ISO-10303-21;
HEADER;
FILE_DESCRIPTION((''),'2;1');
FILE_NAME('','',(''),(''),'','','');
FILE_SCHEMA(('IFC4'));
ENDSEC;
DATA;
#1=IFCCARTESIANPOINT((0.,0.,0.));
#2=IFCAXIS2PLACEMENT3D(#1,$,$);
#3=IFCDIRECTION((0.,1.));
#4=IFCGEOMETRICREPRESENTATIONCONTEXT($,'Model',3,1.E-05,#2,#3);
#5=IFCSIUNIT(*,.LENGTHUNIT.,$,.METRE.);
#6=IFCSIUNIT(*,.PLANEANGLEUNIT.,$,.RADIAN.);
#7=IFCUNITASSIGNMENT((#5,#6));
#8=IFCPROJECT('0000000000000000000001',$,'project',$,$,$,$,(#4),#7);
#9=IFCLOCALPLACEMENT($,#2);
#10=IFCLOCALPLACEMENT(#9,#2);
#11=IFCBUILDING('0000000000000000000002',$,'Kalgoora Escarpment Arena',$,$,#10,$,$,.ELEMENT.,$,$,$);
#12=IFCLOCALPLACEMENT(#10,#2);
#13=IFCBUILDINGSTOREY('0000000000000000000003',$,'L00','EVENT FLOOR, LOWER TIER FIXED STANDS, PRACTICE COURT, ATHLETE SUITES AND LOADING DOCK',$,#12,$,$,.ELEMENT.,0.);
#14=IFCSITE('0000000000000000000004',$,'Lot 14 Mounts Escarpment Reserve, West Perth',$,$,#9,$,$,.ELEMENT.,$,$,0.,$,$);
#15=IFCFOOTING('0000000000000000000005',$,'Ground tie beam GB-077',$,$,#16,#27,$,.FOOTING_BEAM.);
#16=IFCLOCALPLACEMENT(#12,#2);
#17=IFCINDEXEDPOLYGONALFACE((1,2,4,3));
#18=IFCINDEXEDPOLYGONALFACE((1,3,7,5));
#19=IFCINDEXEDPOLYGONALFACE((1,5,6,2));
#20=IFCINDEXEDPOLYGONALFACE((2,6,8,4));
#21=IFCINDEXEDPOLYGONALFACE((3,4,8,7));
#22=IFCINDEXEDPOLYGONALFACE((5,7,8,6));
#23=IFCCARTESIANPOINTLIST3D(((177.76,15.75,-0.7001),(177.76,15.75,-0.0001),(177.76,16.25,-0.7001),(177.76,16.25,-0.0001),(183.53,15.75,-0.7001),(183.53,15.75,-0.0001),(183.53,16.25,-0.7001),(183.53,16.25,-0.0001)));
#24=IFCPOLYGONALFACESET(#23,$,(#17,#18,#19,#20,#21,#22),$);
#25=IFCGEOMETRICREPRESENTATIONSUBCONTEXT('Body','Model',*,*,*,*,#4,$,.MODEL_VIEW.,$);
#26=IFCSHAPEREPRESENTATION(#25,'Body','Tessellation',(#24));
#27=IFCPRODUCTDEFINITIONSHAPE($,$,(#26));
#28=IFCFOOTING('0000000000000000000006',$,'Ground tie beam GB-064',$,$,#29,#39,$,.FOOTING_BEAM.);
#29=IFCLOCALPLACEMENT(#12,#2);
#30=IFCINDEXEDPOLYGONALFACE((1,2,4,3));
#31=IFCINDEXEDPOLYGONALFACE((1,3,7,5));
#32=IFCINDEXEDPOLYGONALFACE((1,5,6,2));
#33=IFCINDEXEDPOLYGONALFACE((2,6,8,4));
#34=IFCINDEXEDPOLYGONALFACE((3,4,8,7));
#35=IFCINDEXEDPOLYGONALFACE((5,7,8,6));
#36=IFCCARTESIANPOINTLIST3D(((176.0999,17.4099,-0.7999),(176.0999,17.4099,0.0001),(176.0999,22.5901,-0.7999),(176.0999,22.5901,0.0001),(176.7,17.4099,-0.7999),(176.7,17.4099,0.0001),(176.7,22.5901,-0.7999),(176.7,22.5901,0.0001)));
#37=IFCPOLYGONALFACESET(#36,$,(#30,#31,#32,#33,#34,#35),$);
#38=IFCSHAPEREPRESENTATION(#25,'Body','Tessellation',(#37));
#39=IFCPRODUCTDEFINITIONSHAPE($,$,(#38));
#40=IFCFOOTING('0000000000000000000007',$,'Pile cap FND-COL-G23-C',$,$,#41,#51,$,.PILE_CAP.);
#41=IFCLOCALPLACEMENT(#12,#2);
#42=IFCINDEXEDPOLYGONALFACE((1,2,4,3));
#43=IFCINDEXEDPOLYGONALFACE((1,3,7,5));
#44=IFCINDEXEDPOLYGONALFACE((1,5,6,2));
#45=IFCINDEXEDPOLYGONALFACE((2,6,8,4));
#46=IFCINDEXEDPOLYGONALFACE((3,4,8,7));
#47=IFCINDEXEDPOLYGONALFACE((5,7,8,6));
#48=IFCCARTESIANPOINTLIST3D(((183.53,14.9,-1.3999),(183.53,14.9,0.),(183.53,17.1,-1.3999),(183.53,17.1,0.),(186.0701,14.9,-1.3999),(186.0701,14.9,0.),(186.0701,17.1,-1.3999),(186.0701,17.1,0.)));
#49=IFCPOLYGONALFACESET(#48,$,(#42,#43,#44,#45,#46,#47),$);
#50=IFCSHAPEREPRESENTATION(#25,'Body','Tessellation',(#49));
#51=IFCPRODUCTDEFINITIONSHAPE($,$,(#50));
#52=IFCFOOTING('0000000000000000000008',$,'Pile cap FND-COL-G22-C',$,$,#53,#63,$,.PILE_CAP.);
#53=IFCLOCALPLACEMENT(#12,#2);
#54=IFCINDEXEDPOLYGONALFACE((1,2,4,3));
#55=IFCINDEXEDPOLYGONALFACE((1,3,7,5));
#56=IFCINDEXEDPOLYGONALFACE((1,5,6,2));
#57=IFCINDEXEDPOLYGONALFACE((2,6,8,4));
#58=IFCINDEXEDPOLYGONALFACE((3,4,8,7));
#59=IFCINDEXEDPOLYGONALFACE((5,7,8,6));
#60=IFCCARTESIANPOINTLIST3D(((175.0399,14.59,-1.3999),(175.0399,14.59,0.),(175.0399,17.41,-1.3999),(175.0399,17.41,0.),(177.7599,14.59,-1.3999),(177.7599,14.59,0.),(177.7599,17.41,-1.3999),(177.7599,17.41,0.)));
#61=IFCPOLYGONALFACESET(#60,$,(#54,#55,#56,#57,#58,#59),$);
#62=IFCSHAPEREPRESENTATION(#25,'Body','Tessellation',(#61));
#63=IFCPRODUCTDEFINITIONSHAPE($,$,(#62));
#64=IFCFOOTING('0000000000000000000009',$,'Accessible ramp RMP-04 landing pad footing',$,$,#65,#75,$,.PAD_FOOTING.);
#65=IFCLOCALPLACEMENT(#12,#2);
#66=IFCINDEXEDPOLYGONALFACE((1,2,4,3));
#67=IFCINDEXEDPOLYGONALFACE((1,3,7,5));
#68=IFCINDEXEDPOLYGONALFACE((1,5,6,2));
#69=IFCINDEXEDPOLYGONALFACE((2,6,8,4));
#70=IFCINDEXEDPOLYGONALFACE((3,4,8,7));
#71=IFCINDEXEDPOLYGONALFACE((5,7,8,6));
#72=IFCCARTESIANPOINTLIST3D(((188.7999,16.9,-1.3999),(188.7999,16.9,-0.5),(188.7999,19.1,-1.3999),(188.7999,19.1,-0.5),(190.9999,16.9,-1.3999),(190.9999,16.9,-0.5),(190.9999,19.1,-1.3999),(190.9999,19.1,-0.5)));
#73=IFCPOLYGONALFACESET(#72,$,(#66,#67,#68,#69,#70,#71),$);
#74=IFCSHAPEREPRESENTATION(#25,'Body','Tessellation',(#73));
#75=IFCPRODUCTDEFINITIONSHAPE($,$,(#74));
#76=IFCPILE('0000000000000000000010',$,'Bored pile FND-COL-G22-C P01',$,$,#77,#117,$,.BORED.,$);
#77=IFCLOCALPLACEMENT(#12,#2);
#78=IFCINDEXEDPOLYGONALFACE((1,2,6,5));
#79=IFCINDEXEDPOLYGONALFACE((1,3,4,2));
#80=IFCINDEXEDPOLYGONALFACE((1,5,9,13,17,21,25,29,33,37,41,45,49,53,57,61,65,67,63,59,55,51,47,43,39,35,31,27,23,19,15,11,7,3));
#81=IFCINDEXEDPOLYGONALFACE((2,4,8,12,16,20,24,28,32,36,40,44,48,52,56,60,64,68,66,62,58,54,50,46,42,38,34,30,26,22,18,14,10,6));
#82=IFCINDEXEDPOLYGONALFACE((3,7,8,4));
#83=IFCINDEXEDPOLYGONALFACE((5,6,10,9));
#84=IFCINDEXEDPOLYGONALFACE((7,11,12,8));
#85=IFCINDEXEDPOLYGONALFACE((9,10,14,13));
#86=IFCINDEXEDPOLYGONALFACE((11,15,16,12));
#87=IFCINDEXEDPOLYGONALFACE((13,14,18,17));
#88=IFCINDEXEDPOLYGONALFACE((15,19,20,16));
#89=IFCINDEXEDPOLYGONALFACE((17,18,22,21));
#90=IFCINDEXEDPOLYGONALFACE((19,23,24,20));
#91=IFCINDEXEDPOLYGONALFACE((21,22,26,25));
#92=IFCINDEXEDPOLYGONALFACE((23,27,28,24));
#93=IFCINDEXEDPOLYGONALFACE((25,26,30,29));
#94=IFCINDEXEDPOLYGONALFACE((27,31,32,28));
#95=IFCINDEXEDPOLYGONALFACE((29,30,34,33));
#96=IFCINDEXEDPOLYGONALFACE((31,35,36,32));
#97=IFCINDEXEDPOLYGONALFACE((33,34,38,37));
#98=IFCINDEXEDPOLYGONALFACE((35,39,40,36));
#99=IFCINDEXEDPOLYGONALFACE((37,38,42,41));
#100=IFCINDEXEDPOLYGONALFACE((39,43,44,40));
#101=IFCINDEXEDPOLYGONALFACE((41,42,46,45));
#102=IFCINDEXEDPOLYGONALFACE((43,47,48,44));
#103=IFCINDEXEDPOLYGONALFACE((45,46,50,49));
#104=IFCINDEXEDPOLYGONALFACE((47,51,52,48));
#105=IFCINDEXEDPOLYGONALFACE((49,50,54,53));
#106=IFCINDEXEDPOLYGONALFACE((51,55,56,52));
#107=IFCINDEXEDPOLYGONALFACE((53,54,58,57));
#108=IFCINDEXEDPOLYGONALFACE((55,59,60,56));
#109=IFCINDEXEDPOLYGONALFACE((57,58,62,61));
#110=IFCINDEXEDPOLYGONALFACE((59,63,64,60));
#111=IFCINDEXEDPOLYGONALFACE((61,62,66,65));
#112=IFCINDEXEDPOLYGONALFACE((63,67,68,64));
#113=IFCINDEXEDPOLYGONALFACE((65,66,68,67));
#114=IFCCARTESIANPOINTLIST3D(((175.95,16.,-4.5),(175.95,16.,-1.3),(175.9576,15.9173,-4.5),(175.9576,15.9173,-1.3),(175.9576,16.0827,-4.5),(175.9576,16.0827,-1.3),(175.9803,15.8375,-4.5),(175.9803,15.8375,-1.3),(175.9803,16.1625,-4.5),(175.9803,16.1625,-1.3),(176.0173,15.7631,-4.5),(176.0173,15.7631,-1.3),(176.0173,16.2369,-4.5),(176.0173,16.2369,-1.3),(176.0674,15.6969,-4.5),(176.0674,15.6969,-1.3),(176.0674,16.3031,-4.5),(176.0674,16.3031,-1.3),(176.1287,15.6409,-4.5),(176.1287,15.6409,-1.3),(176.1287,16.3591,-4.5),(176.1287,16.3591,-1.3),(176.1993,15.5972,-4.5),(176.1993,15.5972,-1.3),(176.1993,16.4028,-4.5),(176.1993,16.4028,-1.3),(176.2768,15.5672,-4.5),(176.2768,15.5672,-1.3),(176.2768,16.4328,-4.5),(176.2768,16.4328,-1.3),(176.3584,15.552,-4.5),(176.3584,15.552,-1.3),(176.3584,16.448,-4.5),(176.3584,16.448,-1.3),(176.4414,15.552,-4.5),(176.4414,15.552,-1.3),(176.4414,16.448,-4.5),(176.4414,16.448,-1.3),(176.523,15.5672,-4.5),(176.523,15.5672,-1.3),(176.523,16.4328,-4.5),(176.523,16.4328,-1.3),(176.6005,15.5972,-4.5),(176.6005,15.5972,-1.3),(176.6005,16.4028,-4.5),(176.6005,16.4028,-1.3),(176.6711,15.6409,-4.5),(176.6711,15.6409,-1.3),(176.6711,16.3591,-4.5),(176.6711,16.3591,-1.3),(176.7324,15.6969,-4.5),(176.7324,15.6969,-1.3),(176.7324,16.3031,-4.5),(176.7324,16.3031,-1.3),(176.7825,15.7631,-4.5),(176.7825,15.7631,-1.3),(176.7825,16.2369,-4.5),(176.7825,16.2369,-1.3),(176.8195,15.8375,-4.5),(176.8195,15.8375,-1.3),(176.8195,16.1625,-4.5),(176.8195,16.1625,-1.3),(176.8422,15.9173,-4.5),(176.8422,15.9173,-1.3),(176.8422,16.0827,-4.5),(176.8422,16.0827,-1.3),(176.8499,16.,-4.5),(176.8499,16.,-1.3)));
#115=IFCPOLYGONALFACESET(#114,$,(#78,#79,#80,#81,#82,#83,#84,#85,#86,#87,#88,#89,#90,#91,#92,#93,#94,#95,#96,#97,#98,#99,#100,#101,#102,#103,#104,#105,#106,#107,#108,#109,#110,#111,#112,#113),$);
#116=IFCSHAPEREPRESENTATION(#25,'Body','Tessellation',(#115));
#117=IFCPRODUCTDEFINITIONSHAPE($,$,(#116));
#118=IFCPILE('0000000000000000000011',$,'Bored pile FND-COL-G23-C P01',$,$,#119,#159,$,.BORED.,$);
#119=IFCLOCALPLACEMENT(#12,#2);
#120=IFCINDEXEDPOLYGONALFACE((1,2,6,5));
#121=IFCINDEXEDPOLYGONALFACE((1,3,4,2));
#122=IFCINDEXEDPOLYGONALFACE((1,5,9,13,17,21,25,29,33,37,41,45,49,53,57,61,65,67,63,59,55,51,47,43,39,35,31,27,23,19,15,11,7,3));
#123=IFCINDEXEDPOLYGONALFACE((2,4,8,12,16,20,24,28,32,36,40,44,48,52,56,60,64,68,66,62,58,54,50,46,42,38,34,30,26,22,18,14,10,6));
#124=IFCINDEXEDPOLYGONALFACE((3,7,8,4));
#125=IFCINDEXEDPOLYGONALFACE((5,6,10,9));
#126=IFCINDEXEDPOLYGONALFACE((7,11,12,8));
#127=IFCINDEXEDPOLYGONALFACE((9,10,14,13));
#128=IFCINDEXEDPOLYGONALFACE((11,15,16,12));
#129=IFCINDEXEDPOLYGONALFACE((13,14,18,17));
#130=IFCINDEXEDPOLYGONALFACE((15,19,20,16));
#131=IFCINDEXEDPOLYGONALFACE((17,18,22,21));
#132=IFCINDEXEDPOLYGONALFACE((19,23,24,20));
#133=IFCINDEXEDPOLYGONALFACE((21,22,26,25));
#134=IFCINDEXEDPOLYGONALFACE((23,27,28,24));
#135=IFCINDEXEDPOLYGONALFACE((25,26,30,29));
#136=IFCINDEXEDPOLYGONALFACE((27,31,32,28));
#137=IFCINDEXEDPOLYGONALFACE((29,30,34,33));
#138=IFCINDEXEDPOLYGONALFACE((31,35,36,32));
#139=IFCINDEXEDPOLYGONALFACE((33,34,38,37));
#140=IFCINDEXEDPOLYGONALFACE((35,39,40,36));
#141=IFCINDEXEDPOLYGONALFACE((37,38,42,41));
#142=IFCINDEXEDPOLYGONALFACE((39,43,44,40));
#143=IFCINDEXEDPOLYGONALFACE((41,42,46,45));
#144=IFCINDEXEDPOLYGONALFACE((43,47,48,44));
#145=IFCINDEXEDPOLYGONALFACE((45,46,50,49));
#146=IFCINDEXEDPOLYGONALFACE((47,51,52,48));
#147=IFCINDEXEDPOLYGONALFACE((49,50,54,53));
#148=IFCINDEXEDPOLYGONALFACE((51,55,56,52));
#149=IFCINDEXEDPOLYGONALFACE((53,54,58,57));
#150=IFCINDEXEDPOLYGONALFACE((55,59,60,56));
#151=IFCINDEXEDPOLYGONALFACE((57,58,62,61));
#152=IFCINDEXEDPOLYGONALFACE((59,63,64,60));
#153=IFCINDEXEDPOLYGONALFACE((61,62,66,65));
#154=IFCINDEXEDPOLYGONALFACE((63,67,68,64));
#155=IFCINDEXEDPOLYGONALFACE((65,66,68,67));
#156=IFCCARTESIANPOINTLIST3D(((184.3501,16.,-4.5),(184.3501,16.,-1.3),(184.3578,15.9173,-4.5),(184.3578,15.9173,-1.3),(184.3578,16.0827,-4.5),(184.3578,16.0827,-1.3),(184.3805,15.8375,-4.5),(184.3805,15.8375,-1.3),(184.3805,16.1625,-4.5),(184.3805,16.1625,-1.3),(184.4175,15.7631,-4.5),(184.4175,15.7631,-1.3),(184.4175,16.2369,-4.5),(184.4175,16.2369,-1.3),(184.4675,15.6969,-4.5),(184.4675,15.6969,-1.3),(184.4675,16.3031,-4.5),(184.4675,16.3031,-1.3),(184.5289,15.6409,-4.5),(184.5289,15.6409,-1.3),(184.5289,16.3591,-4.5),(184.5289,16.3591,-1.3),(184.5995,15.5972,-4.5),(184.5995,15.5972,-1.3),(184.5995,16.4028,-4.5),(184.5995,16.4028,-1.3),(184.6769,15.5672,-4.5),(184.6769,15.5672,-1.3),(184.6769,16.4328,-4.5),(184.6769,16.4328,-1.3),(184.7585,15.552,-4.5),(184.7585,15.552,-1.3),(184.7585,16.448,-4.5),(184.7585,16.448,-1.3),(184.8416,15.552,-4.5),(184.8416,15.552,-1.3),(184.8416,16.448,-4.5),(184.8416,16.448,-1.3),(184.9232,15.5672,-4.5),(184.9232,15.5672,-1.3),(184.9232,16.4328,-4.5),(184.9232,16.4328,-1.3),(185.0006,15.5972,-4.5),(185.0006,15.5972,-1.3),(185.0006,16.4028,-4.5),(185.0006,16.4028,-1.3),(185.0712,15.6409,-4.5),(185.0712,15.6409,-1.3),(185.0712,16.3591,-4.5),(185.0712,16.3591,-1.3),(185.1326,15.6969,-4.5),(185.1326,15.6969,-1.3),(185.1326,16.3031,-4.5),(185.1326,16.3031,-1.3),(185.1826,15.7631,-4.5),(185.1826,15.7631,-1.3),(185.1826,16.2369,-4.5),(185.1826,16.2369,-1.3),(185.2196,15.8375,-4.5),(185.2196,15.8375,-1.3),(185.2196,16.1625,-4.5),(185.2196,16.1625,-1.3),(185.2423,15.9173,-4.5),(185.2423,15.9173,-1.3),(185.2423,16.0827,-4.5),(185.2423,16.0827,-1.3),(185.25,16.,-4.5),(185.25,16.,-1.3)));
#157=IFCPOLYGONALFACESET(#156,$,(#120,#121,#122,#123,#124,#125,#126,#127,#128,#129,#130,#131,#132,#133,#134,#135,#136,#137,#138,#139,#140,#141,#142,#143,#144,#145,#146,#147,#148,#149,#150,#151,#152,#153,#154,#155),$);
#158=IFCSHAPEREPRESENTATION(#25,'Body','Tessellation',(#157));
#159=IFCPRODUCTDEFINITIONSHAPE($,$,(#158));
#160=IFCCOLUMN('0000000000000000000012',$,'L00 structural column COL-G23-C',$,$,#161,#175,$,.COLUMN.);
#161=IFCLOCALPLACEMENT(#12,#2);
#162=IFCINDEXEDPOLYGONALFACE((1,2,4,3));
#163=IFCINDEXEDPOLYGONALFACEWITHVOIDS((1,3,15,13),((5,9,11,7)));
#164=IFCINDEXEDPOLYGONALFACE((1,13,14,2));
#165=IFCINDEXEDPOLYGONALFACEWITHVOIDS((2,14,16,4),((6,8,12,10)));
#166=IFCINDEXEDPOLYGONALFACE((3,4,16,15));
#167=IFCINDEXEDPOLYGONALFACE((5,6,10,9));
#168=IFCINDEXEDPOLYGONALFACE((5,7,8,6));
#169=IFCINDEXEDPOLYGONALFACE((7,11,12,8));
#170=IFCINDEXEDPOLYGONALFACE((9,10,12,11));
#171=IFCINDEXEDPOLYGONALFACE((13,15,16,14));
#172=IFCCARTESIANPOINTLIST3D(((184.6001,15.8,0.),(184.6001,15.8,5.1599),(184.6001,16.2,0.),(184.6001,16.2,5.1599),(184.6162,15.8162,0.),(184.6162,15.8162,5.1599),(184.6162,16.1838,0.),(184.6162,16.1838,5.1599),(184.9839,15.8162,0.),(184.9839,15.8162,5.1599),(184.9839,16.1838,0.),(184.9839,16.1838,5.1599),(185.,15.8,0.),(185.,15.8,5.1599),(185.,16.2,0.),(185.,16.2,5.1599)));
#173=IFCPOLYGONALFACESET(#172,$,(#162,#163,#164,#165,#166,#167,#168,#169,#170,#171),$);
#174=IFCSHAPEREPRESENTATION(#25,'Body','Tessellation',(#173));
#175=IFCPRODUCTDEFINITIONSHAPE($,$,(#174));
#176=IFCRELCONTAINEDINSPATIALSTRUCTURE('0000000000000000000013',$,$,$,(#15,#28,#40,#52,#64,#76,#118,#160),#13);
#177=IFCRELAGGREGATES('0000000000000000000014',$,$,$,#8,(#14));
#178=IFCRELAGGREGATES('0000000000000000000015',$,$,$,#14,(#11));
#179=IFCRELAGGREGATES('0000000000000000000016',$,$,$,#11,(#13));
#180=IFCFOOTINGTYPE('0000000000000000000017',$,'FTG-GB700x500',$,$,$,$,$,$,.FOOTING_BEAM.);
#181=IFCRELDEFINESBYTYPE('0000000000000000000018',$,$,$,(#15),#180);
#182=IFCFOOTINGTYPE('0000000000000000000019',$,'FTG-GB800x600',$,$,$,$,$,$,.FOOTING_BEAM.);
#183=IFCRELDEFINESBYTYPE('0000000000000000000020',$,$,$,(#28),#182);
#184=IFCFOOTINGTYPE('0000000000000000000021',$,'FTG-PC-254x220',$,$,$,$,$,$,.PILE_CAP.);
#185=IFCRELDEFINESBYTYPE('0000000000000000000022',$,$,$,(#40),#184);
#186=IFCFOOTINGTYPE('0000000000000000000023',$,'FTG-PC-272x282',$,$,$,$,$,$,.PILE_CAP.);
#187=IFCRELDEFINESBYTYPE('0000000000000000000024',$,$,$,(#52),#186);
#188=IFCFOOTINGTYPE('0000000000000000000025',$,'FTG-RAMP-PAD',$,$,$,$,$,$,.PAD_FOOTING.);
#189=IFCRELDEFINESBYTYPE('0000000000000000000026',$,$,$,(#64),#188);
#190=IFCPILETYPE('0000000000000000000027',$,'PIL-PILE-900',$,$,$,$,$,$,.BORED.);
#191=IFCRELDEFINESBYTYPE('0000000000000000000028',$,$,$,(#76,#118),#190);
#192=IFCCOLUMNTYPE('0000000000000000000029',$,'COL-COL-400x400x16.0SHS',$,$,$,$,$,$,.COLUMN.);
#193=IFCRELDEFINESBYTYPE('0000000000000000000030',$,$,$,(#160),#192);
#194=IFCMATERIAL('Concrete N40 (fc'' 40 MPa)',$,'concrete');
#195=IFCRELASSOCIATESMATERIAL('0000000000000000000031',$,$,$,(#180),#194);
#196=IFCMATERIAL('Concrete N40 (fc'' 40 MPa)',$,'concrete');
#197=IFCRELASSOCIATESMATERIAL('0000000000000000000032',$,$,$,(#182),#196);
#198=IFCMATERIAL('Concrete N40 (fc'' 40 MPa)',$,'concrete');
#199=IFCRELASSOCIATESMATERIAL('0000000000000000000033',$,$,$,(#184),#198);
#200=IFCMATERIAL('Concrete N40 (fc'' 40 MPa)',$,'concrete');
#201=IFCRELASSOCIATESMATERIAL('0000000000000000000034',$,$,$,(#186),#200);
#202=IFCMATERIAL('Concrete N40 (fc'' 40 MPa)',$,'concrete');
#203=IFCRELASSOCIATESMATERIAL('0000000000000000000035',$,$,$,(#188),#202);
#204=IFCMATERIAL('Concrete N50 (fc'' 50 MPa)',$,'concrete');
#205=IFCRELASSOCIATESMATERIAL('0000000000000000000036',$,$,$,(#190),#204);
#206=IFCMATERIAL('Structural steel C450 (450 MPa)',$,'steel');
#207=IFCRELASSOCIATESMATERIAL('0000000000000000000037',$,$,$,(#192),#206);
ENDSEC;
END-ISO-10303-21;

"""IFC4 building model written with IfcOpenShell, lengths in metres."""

from ifc_helpers import new_model, si_unit, direction, frame, origin, origin_2d, place, context, subcontext, project, spatial, rectangle, hollow_rectangle, circle, extrude, material, material_profile, profile_set, type_object, element, save


model = new_model("IFC4")

# Units and contexts
model_context = context("Model", 3, precision=1e-05, world=origin(), true_north=direction((0.0, 1.0)))
body_context = subcontext(model_context, "Body", "Model", "MODEL_VIEW")
ifc_project = project(units=[si_unit("LENGTHUNIT", "METRE"), si_unit("PLANEANGLEUNIT", "RADIAN")], contexts=[model_context])

# Site, building, storey
site_placement = place(None, origin())
site = spatial("IfcSite", under=ifc_project, at=site_placement, Name="Lot 14 Mounts Escarpment Reserve, West Perth", CompositionType="ELEMENT", RefElevation=0.0)
building_placement = place(site_placement, origin())
building = spatial("IfcBuilding", under=site, at=building_placement, Name="Kalgoora Escarpment Arena", CompositionType="ELEMENT")
storey_placement = place(building_placement, origin())
storey = spatial("IfcBuildingStorey", under=building, at=storey_placement, Name="L00", Description="EVENT FLOOR, LOWER TIER FIXED STANDS, PRACTICE COURT, ATHLETE SUITES AND LOADING DOCK", CompositionType="ELEMENT", Elevation=0.0)

# Footings
ifc_material_1 = material(Name="Concrete N40 (fc' 40 MPa)", Category="concrete")
ifc_material_profile_1 = material_profile(ifc_material_1, rectangle(XDim=0.5, YDim=0.7, at=origin_2d()))
ifc_profile_set_1 = profile_set([ifc_material_profile_1], Name="Concrete N40 (fc' 40 MPa)")
footing_type_1 = type_object("IfcFootingType", Name="FTG-GB700x500", PredefinedType="FOOTING_BEAM", material=ifc_profile_set_1)
footing_1_placement = place(storey_placement, frame((177.76, 16.0, -0.3501), z_axis=(1.0, 0.0, 0.0), x_axis=(0.0, 1.0, 0.0)))
element("IfcFooting", 1, at=footing_1_placement, inside=storey, type_object=footing_type_1, Name="Ground tie beam GB-077", PredefinedType="FOOTING_BEAM", context=body_context, shape_type="SweptSolid", body=[
    extrude(rectangle(XDim=0.5, YDim=0.7, at=origin_2d()), origin(), (0.0, 0.0, 1.0), 5.77),
])
ifc_material_2 = material(Name="Concrete N40 (fc' 40 MPa)", Category="concrete")
ifc_material_profile_2 = material_profile(ifc_material_2, rectangle(XDim=0.6001, YDim=0.8, at=origin_2d()))
ifc_profile_set_2 = profile_set([ifc_material_profile_2], Name="Concrete N40 (fc' 40 MPa)")
footing_type_2 = type_object("IfcFootingType", Name="FTG-GB800x600", PredefinedType="FOOTING_BEAM", material=ifc_profile_set_2)
footing_2_placement = place(storey_placement, frame((176.3999, 17.4099, -0.3999), z_axis=(0.0, 1.0, 0.0), x_axis=(-1.0, 0.0, 0.0)))
element("IfcFooting", 2, at=footing_2_placement, inside=storey, type_object=footing_type_2, Name="Ground tie beam GB-064", PredefinedType="FOOTING_BEAM", context=body_context, shape_type="SweptSolid", body=[
    extrude(rectangle(XDim=0.6001, YDim=0.8, at=origin_2d()), origin(), (0.0, 0.0, 1.0), 5.1802),
])
ifc_material_3 = material(Name="Concrete N40 (fc' 40 MPa)", Category="concrete")
footing_type_3 = type_object("IfcFootingType", Name="FTG-PC-254x220", PredefinedType="PILE_CAP", material=ifc_material_3)
footing_3_placement = place(storey_placement, frame((184.8, 16.0, -1.3999), z_axis=(0.0, 0.0, 1.0), x_axis=(1.0, 0.0, 0.0)))
element("IfcFooting", 3, at=footing_3_placement, inside=storey, type_object=footing_type_3, Name="Pile cap FND-COL-G23-C", PredefinedType="PILE_CAP", context=body_context, shape_type="SweptSolid", body=[
    extrude(rectangle(XDim=2.54, YDim=2.2, at=origin_2d()), origin(), (0.0, 0.0, 1.0), 1.3999),
])
ifc_material_4 = material(Name="Concrete N40 (fc' 40 MPa)", Category="concrete")
footing_type_4 = type_object("IfcFootingType", Name="FTG-PC-272x282", PredefinedType="PILE_CAP", material=ifc_material_4)
footing_4_placement = place(storey_placement, frame((176.3999, 16.0, -1.3999), z_axis=(0.0, 0.0, 1.0), x_axis=(1.0, 0.0, 0.0)))
element("IfcFooting", 4, at=footing_4_placement, inside=storey, type_object=footing_type_4, Name="Pile cap FND-COL-G22-C", PredefinedType="PILE_CAP", context=body_context, shape_type="SweptSolid", body=[
    extrude(rectangle(XDim=2.72, YDim=2.8201, at=origin_2d()), origin(), (0.0, 0.0, 1.0), 1.3999),
])
ifc_material_5 = material(Name="Concrete N40 (fc' 40 MPa)", Category="concrete")
footing_type_5 = type_object("IfcFootingType", Name="FTG-RAMP-PAD", PredefinedType="PAD_FOOTING", material=ifc_material_5)
footing_5_placement = place(storey_placement, frame((189.8999, 18.0, -1.3999), z_axis=(0.0, 0.0, 1.0), x_axis=(1.0, 0.0, 0.0)))
element("IfcFooting", 5, at=footing_5_placement, inside=storey, type_object=footing_type_5, Name="Accessible ramp RMP-04 landing pad footing", PredefinedType="PAD_FOOTING", context=body_context, shape_type="SweptSolid", body=[
    extrude(rectangle(XDim=2.2, YDim=2.2, at=origin_2d()), origin(), (0.0, 0.0, 1.0), 0.8999),
])

# Piles
ifc_material_6 = material(Name="Concrete N50 (fc' 50 MPa)", Category="concrete")
ifc_material_profile_3 = material_profile(ifc_material_6, circle(Radius=0.45, at=origin_2d()))
ifc_profile_set_3 = profile_set([ifc_material_profile_3], Name="Concrete N50 (fc' 50 MPa)")
pile_type = type_object("IfcPileType", Name="PIL-PILE-900", PredefinedType="BORED", material=ifc_profile_set_3)
for number, where, z_axis, x_axis, name in (
    (6, (176.3999, 16.0, -1.3), (0.0, 0.0, -1.0), (1.0, 0.0, 0.0), "Bored pile FND-COL-G22-C P01"),
    (7, (184.8, 16.0, -1.3), (0.0, 0.0, -1.0), (1.0, 0.0, 0.0), "Bored pile FND-COL-G23-C P01"),
):
    element("IfcPile", number, at=place(storey_placement, frame(where, z_axis=z_axis, x_axis=x_axis)), inside=storey, type_object=pile_type, Name=name, PredefinedType="BORED", context=body_context, shape_type="SweptSolid", body=[
        extrude(circle(Radius=0.45, at=origin_2d()), origin(), (0.0, 0.0, 1.0), 3.2),
    ])

# Column
ifc_material_7 = material(Name="Structural steel C450 (450 MPa)", Category="steel")
ifc_material_profile_4 = material_profile(ifc_material_7, hollow_rectangle(XDim=0.3999, YDim=0.3999, WallThickness=0.0161, at=origin_2d()))
ifc_profile_set_4 = profile_set([ifc_material_profile_4], Name="Structural steel C450 (450 MPa)")
column_type_1 = type_object("IfcColumnType", Name="COL-COL-400x400x16.0SHS", PredefinedType="COLUMN", material=ifc_profile_set_4)
column_1_placement = place(storey_placement, frame((184.8, 16.0, 0.0), z_axis=(0.0, 0.0, 1.0), x_axis=(1.0, 0.0, 0.0)))
element("IfcColumn", 8, at=column_1_placement, inside=storey, type_object=column_type_1, Name="L00 structural column COL-G23-C", PredefinedType="COLUMN", context=body_context, shape_type="SweptSolid", body=[
    extrude(hollow_rectangle(XDim=0.3999, YDim=0.3999, WallThickness=0.0161, at=origin_2d()), origin(), (0.0, 0.0, 1.0), 5.1599),
])

save(model, "model.ifc")
